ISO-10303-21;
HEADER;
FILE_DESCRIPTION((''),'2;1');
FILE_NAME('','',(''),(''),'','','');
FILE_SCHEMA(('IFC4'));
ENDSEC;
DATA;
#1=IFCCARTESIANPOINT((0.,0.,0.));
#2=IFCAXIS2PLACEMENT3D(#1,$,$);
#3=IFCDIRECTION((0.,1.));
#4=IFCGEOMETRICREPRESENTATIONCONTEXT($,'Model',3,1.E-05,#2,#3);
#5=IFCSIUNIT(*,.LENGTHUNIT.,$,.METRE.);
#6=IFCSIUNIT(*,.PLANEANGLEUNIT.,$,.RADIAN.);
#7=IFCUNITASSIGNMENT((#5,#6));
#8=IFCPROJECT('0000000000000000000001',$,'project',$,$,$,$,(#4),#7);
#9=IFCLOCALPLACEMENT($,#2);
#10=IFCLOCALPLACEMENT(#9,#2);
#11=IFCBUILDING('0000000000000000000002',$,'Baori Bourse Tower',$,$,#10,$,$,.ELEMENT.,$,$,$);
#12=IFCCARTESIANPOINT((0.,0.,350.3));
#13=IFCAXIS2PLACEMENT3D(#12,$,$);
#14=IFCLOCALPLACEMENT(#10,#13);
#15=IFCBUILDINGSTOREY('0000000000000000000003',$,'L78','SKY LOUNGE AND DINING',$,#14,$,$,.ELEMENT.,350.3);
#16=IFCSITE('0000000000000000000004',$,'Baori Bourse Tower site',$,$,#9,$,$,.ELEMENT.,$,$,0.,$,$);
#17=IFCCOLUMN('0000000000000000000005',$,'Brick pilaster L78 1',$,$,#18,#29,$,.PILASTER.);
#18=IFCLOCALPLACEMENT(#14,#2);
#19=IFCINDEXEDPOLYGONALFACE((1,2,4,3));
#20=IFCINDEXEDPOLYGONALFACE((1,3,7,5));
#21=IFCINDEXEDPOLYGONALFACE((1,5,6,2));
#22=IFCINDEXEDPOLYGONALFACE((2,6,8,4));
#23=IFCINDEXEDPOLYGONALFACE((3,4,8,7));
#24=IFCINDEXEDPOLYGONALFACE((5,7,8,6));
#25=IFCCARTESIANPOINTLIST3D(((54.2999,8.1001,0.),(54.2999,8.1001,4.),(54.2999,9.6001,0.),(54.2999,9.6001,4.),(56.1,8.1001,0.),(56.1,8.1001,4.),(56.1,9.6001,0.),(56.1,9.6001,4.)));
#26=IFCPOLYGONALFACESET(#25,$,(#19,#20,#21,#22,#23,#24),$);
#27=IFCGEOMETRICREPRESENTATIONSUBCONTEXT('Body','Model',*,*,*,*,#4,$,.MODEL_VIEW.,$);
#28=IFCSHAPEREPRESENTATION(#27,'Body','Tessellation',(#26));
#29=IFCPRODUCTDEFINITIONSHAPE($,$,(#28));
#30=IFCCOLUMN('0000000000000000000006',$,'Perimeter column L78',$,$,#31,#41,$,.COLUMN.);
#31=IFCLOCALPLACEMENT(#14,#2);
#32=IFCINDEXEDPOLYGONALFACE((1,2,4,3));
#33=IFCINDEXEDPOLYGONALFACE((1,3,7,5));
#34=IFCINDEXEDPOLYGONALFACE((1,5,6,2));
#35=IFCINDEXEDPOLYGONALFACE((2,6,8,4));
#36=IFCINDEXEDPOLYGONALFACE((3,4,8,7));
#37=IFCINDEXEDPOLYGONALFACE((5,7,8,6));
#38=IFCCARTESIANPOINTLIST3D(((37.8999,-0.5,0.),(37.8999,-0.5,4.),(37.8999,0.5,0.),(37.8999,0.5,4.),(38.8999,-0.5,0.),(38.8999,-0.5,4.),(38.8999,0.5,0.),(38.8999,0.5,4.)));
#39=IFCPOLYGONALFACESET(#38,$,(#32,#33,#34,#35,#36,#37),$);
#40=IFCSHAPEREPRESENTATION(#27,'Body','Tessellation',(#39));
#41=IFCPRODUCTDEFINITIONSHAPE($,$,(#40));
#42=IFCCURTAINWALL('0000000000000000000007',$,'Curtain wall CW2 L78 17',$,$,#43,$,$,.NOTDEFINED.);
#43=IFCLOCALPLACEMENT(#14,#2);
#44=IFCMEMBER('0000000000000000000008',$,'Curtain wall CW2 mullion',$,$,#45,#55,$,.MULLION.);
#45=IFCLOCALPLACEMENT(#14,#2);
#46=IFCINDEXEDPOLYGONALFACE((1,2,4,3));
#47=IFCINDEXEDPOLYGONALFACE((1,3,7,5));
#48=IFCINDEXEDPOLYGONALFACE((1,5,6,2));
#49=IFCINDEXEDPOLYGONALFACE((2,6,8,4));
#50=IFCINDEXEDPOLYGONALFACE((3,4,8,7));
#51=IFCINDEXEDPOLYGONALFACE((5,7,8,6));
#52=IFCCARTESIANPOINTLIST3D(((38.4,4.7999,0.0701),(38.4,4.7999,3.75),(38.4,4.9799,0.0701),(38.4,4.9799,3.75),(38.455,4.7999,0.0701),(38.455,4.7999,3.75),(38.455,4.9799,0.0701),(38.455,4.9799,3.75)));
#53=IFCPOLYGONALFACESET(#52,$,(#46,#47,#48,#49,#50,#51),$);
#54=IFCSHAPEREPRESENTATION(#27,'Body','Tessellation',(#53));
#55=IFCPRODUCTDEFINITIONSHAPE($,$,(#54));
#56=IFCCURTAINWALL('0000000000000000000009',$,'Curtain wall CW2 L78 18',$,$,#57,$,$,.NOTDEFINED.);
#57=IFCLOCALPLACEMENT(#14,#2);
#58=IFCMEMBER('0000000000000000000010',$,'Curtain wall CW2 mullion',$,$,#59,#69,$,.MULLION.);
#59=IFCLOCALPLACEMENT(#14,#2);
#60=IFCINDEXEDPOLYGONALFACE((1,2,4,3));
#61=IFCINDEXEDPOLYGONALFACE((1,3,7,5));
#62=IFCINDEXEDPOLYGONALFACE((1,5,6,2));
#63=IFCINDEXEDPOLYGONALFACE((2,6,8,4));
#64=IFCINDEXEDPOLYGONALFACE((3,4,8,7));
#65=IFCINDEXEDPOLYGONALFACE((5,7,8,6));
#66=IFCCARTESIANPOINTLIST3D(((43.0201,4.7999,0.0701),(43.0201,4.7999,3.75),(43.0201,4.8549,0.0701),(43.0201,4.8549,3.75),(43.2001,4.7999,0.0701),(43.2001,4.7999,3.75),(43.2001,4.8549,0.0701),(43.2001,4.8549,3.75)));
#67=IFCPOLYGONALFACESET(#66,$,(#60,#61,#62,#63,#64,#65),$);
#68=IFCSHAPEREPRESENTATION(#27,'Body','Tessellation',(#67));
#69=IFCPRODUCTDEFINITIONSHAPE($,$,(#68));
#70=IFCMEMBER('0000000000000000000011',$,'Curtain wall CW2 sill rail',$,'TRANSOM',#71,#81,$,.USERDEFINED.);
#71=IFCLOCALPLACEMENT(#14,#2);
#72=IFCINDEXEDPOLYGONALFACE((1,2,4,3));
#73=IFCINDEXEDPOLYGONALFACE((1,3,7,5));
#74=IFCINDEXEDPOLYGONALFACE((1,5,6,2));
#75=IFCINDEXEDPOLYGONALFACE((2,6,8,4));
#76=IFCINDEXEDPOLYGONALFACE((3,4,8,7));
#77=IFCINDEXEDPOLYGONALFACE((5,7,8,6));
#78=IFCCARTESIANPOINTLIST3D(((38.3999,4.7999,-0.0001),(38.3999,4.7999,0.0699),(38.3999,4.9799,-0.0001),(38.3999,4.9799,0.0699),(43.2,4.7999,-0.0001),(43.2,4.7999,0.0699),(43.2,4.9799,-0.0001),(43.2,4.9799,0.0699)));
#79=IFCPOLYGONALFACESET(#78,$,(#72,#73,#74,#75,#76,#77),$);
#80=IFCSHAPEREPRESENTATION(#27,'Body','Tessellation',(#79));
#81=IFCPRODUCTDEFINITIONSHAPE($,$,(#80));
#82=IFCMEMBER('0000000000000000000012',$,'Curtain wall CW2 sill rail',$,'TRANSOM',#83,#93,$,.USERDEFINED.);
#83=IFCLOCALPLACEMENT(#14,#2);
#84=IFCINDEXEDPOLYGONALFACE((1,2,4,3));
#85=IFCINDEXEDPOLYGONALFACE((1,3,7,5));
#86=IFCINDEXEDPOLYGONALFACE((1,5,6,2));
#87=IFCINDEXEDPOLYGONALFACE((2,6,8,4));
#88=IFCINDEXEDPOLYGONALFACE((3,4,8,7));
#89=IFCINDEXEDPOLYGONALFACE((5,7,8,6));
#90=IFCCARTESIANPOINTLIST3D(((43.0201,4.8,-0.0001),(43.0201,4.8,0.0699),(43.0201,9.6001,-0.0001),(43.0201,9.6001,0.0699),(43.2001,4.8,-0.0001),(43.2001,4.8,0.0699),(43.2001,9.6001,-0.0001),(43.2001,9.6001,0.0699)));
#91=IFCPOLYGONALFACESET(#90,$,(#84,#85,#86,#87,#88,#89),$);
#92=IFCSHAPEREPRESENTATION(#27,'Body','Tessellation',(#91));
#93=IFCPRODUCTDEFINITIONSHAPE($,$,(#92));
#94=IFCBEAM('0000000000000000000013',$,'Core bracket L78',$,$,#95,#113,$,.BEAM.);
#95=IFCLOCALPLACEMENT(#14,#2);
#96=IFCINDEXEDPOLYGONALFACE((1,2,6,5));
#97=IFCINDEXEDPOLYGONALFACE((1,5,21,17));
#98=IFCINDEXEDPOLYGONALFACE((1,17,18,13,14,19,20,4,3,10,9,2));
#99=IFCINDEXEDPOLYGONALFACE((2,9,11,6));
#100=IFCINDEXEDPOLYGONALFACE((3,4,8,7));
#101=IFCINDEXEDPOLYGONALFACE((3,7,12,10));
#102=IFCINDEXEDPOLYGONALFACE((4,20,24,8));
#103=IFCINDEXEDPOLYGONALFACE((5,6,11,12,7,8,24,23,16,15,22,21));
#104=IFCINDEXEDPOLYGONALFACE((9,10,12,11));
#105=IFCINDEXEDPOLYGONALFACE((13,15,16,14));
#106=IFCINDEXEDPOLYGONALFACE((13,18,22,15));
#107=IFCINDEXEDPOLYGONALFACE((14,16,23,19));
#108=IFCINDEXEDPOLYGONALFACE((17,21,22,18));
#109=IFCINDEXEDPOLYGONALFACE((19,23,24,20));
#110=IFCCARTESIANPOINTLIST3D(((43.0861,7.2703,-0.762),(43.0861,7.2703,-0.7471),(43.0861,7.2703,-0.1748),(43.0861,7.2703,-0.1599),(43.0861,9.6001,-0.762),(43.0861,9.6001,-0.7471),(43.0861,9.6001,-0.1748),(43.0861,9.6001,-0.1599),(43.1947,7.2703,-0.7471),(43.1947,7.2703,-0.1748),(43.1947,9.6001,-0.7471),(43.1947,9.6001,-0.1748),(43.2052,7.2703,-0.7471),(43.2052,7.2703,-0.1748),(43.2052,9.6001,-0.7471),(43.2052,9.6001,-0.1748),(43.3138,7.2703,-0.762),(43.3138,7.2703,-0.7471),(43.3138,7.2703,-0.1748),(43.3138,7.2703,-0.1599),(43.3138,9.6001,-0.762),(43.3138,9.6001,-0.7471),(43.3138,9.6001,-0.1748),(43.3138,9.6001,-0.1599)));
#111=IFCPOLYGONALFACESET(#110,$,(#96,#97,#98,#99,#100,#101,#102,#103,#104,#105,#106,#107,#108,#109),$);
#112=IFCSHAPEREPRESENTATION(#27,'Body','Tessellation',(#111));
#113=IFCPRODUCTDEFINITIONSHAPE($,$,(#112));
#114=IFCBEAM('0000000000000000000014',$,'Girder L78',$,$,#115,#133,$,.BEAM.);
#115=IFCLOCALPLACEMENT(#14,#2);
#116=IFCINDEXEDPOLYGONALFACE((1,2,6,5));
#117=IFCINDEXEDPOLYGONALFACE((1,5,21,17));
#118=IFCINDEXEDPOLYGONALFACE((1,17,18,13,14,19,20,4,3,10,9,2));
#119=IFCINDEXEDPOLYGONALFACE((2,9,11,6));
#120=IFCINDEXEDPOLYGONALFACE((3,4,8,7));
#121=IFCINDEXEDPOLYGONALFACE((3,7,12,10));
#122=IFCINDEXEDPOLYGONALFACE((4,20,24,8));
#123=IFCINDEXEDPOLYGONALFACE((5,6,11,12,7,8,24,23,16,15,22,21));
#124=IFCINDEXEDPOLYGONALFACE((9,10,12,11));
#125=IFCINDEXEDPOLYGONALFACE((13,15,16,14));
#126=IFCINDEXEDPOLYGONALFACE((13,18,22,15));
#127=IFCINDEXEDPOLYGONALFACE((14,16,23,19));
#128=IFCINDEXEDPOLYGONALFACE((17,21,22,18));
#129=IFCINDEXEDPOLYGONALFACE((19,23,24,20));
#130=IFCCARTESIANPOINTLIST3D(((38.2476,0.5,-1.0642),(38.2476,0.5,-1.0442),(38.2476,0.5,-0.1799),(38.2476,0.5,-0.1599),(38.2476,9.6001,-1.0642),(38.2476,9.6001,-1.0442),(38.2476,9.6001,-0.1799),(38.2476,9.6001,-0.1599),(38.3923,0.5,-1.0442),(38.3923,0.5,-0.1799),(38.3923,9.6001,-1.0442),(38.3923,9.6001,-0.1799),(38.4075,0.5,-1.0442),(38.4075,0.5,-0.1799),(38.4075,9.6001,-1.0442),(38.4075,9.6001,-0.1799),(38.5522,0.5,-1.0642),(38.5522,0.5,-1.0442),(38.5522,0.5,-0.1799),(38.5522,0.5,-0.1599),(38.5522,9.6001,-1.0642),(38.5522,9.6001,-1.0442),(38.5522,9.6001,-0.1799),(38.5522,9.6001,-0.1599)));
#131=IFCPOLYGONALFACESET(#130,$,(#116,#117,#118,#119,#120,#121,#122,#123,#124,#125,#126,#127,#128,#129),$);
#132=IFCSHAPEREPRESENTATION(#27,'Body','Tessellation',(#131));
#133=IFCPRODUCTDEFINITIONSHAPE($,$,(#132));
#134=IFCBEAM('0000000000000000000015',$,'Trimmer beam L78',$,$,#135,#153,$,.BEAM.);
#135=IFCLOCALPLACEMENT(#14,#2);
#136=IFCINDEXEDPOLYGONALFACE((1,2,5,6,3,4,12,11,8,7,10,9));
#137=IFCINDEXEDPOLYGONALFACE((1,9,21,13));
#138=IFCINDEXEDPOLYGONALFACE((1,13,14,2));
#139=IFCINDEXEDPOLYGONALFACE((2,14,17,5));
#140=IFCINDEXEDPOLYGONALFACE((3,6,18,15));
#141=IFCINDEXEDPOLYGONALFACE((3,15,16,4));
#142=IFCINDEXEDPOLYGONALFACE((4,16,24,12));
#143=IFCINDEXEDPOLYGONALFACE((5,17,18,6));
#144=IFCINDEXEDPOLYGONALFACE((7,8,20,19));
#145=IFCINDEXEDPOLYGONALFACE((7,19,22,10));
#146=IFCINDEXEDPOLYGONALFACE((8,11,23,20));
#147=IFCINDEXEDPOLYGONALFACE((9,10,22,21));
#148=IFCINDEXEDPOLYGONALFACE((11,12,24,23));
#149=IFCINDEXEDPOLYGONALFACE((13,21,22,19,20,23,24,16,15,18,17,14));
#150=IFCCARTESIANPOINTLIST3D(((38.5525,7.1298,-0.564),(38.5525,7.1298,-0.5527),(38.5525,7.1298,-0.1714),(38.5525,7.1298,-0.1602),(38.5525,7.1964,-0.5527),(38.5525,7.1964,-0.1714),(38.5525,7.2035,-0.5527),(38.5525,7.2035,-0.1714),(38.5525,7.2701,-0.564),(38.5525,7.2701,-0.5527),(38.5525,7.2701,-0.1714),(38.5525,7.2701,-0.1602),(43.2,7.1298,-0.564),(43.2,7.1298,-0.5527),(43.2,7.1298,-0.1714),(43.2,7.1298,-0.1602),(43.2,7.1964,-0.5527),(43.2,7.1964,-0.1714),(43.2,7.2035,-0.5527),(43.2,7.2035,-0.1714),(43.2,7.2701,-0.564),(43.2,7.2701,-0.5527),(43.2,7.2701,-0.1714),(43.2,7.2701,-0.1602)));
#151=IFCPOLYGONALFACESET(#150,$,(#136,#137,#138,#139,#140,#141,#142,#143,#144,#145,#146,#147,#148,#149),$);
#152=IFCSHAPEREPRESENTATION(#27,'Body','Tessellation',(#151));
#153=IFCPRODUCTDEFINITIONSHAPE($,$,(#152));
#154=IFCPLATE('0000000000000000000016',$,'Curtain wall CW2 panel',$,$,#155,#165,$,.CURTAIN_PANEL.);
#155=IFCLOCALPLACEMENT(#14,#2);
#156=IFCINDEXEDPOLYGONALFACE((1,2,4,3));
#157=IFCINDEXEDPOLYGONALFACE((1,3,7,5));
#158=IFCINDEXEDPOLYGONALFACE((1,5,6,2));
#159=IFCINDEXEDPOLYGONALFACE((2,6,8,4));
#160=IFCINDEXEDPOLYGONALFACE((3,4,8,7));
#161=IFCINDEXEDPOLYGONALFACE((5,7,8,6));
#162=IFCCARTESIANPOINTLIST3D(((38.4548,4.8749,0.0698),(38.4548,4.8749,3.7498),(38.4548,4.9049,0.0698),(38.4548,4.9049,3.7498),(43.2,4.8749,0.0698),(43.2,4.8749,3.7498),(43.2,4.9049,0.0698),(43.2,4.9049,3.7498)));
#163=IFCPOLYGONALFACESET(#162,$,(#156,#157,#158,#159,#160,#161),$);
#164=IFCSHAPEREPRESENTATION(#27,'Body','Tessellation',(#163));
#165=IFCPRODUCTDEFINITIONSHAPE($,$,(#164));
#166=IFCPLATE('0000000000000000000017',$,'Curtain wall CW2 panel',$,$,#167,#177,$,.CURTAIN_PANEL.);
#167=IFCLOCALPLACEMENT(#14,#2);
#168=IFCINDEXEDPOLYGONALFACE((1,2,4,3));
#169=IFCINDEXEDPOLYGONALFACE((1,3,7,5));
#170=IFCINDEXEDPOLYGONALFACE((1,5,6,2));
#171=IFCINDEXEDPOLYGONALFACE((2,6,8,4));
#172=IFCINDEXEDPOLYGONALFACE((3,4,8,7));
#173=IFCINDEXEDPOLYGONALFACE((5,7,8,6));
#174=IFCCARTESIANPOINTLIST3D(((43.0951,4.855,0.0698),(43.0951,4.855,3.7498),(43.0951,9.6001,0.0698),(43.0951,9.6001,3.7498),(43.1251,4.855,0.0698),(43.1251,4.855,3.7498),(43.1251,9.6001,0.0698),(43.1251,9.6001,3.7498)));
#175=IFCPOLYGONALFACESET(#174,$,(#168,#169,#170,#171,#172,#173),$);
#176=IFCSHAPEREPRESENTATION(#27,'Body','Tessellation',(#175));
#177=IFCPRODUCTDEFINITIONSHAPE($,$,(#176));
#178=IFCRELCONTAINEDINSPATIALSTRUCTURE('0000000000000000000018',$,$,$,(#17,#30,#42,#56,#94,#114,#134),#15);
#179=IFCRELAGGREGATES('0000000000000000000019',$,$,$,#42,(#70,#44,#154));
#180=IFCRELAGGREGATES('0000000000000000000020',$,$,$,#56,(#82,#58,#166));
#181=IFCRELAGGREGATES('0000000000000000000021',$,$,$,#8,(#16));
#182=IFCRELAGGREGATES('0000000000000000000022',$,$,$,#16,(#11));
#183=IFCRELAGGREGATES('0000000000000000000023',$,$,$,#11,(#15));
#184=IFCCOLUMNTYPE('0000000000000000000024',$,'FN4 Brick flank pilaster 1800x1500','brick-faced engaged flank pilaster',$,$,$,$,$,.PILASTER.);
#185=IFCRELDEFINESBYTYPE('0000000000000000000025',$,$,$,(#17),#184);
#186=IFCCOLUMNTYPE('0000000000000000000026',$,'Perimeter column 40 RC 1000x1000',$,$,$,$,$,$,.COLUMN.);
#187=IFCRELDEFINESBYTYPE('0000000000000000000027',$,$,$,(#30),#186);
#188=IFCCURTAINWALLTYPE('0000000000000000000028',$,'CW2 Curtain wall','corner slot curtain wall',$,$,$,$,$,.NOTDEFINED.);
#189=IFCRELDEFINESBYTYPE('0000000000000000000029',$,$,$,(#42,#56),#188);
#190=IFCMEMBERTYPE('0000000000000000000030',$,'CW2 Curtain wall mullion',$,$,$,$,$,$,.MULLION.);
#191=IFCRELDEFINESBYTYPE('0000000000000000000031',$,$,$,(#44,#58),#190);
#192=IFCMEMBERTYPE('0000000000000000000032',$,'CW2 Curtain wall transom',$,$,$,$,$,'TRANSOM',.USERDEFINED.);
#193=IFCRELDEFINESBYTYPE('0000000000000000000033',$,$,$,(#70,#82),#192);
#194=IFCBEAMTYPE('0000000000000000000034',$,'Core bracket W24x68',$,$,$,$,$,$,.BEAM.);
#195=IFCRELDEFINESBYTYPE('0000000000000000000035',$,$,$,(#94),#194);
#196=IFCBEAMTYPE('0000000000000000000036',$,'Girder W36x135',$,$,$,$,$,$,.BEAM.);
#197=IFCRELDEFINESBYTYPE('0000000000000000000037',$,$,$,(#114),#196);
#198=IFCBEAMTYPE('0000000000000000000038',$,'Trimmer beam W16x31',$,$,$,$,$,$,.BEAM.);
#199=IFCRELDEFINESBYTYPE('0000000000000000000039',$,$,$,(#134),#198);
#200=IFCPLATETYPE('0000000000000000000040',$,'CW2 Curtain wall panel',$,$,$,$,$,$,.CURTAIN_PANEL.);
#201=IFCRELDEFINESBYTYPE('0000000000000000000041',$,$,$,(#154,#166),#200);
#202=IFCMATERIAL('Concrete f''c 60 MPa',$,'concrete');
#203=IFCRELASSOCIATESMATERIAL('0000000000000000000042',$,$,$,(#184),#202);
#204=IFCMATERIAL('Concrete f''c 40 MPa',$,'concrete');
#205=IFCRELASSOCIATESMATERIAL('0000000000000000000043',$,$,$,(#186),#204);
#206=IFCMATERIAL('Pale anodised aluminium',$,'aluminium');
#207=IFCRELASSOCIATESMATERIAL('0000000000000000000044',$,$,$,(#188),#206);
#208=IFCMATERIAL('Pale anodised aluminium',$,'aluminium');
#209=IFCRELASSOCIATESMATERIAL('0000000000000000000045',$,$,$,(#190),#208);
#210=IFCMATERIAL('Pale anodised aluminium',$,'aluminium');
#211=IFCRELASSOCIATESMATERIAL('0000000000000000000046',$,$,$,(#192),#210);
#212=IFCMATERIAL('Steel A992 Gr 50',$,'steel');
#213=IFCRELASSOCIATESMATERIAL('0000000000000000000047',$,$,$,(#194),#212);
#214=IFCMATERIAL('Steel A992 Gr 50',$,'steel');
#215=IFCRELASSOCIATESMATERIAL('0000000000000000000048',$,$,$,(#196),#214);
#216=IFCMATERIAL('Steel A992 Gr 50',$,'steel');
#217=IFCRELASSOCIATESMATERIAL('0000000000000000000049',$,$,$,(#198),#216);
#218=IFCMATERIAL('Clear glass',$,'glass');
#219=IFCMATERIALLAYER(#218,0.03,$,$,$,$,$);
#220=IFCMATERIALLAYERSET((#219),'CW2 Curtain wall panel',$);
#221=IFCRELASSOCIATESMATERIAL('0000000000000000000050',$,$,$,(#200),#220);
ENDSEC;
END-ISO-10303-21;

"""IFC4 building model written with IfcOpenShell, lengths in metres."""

from ifc_helpers import new_model, si_unit, direction, frame, origin, origin_2d, place, context, subcontext, project, spatial, rectangle, i_section, extrude, material, layer, layer_set, material_profile, profile_set, type_object, element, aggregate, save


model = new_model("IFC4")

# Units and contexts
model_context = context("Model", 3, precision=1e-05, world=origin(), true_north=direction((0.0, 1.0)))
body_context = subcontext(model_context, "Body", "Model", "MODEL_VIEW")
ifc_project = project(units=[si_unit("LENGTHUNIT", "METRE"), si_unit("PLANEANGLEUNIT", "RADIAN")], contexts=[model_context])

# Site, building, storey
site_placement = place(None, origin())
site = spatial("IfcSite", under=ifc_project, at=site_placement, Name="Baori Bourse Tower site", CompositionType="ELEMENT", RefElevation=0.0)
building_placement = place(site_placement, origin())
building = spatial("IfcBuilding", under=site, at=building_placement, Name="Baori Bourse Tower", CompositionType="ELEMENT")
storey_placement = place(building_placement, frame((0.0, 0.0, 350.3)))
storey = spatial("IfcBuildingStorey", under=building, at=storey_placement, Name="L78", Description="SKY LOUNGE AND DINING", CompositionType="ELEMENT", Elevation=350.3)

# Columns
ifc_material_1 = material(Name="Concrete f'c 60 MPa", Category="concrete")
ifc_material_profile_1 = material_profile(ifc_material_1, rectangle(XDim=1.8, YDim=1.5, at=origin_2d()), Name="RC 1800x1500")
ifc_profile_set_1 = profile_set([ifc_material_profile_1], Name="Concrete f'c 60 MPa")
column_type_1 = type_object("IfcColumnType", Name="FN4 Brick flank pilaster 1800x1500", Description="brick-faced engaged flank pilaster", PredefinedType="PILASTER", material=ifc_profile_set_1)
column_1_placement = place(storey_placement, frame((55.2, 8.8501, 0.0), z_axis=(0.0, 0.0, 1.0), x_axis=(1.0, 0.0, 0.0)))
element("IfcColumn", 1, at=column_1_placement, inside=storey, type_object=column_type_1, Name="Brick pilaster L78 1", PredefinedType="PILASTER", context=body_context, shape_type="SweptSolid", body=[
    extrude(rectangle(XDim=1.8, YDim=1.5, at=origin_2d()), origin(), (0.0, 0.0, 1.0), 4.0),
])
ifc_material_2 = material(Name="Concrete f'c 40 MPa", Category="concrete")
ifc_material_profile_2 = material_profile(ifc_material_2, rectangle(XDim=1.0, YDim=1.0, at=origin_2d()), Name="RC 1000x1000")
ifc_profile_set_2 = profile_set([ifc_material_profile_2], Name="Concrete f'c 40 MPa")
column_type_2 = type_object("IfcColumnType", Name="Perimeter column 40 RC 1000x1000", PredefinedType="COLUMN", material=ifc_profile_set_2)
column_2_placement = place(storey_placement, frame((38.3999, 0.0, 0.0), z_axis=(0.0, 0.0, 1.0), x_axis=(1.0, 0.0, 0.0)))
element("IfcColumn", 2, at=column_2_placement, inside=storey, type_object=column_type_2, Name="Perimeter column L78", PredefinedType="COLUMN", context=body_context, shape_type="SweptSolid", body=[
    extrude(rectangle(XDim=1.0, YDim=1.0, at=origin_2d()), origin(), (0.0, 0.0, 1.0), 4.0),
])

# Curtain walls, members
ifc_material_3 = material(Name="Pale anodised aluminium", Category="aluminium")
curtain_wall_type = type_object("IfcCurtainWallType", Name="CW2 Curtain wall", Description="corner slot curtain wall", PredefinedType="NOTDEFINED", material=ifc_material_3)
curtain_wall_1_placement = place(storey_placement, origin())
curtain_wall_1 = element("IfcCurtainWall", 3, at=curtain_wall_1_placement, inside=storey, type_object=curtain_wall_type, Name="Curtain wall CW2 L78 17", PredefinedType="NOTDEFINED")
ifc_material_4 = material(Name="Pale anodised aluminium", Category="aluminium")
ifc_material_profile_3 = material_profile(ifc_material_4, rectangle(XDim=0.1799, YDim=0.0549, at=origin_2d()), Name="Mullion 55x180")
ifc_profile_set_3 = profile_set([ifc_material_profile_3], Name="Pale anodised aluminium")
member_type_1 = type_object("IfcMemberType", Name="CW2 Curtain wall mullion", PredefinedType="MULLION", material=ifc_profile_set_3)
member_1_placement = place(storey_placement, frame((38.4275, 4.8899, 0.0701), z_axis=(0.0, 0.0, 1.0), x_axis=(0.0, 1.0, 0.0)))
member_1 = element("IfcMember", 4, at=member_1_placement, type_object=member_type_1, Name="Curtain wall CW2 mullion", PredefinedType="MULLION", context=body_context, shape_type="SweptSolid", body=[
    extrude(rectangle(XDim=0.1799, YDim=0.0549, at=origin_2d()), origin(), (0.0, 0.0, 1.0), 3.6799),
])
curtain_wall_2_placement = place(storey_placement, origin())
curtain_wall_2 = element("IfcCurtainWall", 5, at=curtain_wall_2_placement, inside=storey, type_object=curtain_wall_type, Name="Curtain wall CW2 L78 18", PredefinedType="NOTDEFINED")
member_2_placement = place(storey_placement, frame((43.1101, 4.8274, 0.0701), z_axis=(0.0, 0.0, 1.0), x_axis=(-1.0, 0.0, 0.0)))
member_2 = element("IfcMember", 6, at=member_2_placement, type_object=member_type_1, Name="Curtain wall CW2 mullion", PredefinedType="MULLION", context=body_context, shape_type="SweptSolid", body=[
    extrude(rectangle(XDim=0.1799, YDim=0.0549, at=origin_2d()), origin(), (0.0, 0.0, 1.0), 3.6799),
])

# Members
ifc_material_5 = material(Name="Pale anodised aluminium", Category="aluminium")
ifc_material_profile_4 = material_profile(ifc_material_5, rectangle(XDim=0.1799, YDim=0.0701, at=origin_2d()), Name="Transom 70x180")
ifc_profile_set_4 = profile_set([ifc_material_profile_4], Name="Pale anodised aluminium")
member_type_2 = type_object("IfcMemberType", Name="CW2 Curtain wall transom", ElementType="TRANSOM", PredefinedType="USERDEFINED", material=ifc_profile_set_4)
member_3_placement = place(storey_placement, frame((38.3999, 4.8899, 0.0349), z_axis=(1.0, 0.0, 0.0), x_axis=(0.0, 1.0, 0.0)))
member_3 = element("IfcMember", 7, at=member_3_placement, type_object=member_type_2, Name="Curtain wall CW2 sill rail", ObjectType="TRANSOM", PredefinedType="USERDEFINED", context=body_context, shape_type="SweptSolid", body=[
    extrude(rectangle(XDim=0.1799, YDim=0.0701, at=origin_2d()), origin(), (0.0, 0.0, 1.0), 4.8),
])
member_4_placement = place(storey_placement, frame((43.1101, 4.8, 0.0349), z_axis=(0.0, 1.0, 0.0), x_axis=(-1.0, 0.0, 0.0)))
member_4 = element("IfcMember", 8, at=member_4_placement, type_object=member_type_2, Name="Curtain wall CW2 sill rail", ObjectType="TRANSOM", PredefinedType="USERDEFINED", context=body_context, shape_type="SweptSolid", body=[
    extrude(rectangle(XDim=0.1799, YDim=0.0701, at=origin_2d()), origin(), (0.0, 0.0, 1.0), 4.8),
])

# Beams
ifc_material_6 = material(Name="Steel A992 Gr 50", Category="steel")
ifc_material_profile_5 = material_profile(ifc_material_6, i_section(OverallWidth=0.2278, OverallDepth=0.6021, WebThickness=0.0105, FlangeThickness=0.0149, at=origin_2d()), Name="W24x68")
ifc_profile_set_5 = profile_set([ifc_material_profile_5], Name="Steel A992 Gr 50")
beam_type_1 = type_object("IfcBeamType", Name="Core bracket W24x68", PredefinedType="BEAM", material=ifc_profile_set_5)
beam_1_placement = place(storey_placement, frame((43.2, 7.2703, -0.4609), z_axis=(0.0, 1.0, 0.0), x_axis=(-1.0, 0.0, 0.0)))
element("IfcBeam", 9, at=beam_1_placement, inside=storey, type_object=beam_type_1, Name="Core bracket L78", PredefinedType="BEAM", context=body_context, shape_type="SweptSolid", body=[
    extrude(i_section(OverallWidth=0.2278, OverallDepth=0.6021, WebThickness=0.0105, FlangeThickness=0.0149, at=origin_2d()), origin(), (0.0, 0.0, 1.0), 2.3298),
])
ifc_material_7 = material(Name="Steel A992 Gr 50", Category="steel")
ifc_material_profile_6 = material_profile(ifc_material_7, i_section(OverallWidth=0.3047, OverallDepth=0.9043, WebThickness=0.0151, FlangeThickness=0.02, at=origin_2d()), Name="W36x135")
ifc_profile_set_6 = profile_set([ifc_material_profile_6], Name="Steel A992 Gr 50")
beam_type_2 = type_object("IfcBeamType", Name="Girder W36x135", PredefinedType="BEAM", material=ifc_profile_set_6)
beam_2_placement = place(storey_placement, frame((38.3999, 0.5, -0.6121), z_axis=(0.0, 1.0, 0.0), x_axis=(-1.0, 0.0, 0.0)))
element("IfcBeam", 10, at=beam_2_placement, inside=storey, type_object=beam_type_2, Name="Girder L78", PredefinedType="BEAM", context=body_context, shape_type="SweptSolid", body=[
    extrude(i_section(OverallWidth=0.3047, OverallDepth=0.9043, WebThickness=0.0151, FlangeThickness=0.02, at=origin_2d()), origin(), (0.0, 0.0, 1.0), 9.1001),
])
ifc_material_8 = material(Name="Steel A992 Gr 50", Category="steel")
ifc_material_profile_7 = material_profile(ifc_material_8, i_section(OverallWidth=0.1404, OverallDepth=0.4038, WebThickness=0.0071, FlangeThickness=0.0112, at=origin_2d()), Name="W16x31")
ifc_profile_set_7 = profile_set([ifc_material_profile_7], Name="Steel A992 Gr 50")
beam_type_3 = type_object("IfcBeamType", Name="Trimmer beam W16x31", PredefinedType="BEAM", material=ifc_profile_set_7)
beam_3_placement = place(storey_placement, frame((38.5525, 7.2, -0.3621), z_axis=(1.0, 0.0, 0.0), x_axis=(0.0, 1.0, 0.0)))
element("IfcBeam", 11, at=beam_3_placement, inside=storey, type_object=beam_type_3, Name="Trimmer beam L78", PredefinedType="BEAM", context=body_context, shape_type="SweptSolid", body=[
    extrude(i_section(OverallWidth=0.1404, OverallDepth=0.4038, WebThickness=0.0071, FlangeThickness=0.0112, at=origin_2d()), origin(), (0.0, 0.0, 1.0), 4.6475),
])

# Plates
ifc_material_9 = material(Name="Clear glass", Category="glass")
ifc_layer_1 = layer(ifc_material_9, 0.03)
ifc_layer_set_1 = layer_set([ifc_layer_1], Name="CW2 Curtain wall panel")
plate_type = type_object("IfcPlateType", Name="CW2 Curtain wall panel", PredefinedType="CURTAIN_PANEL", material=ifc_layer_set_1)
plate_1_placement = place(storey_placement, frame((40.8274, 4.8899, 0.0698), z_axis=(0.0, 0.0, 1.0), x_axis=(1.0, 0.0, 0.0)))
plate_1 = element("IfcPlate", 12, at=plate_1_placement, type_object=plate_type, Name="Curtain wall CW2 panel", PredefinedType="CURTAIN_PANEL", context=body_context, shape_type="SweptSolid", body=[
    extrude(rectangle(XDim=4.7451, YDim=0.03, at=origin_2d()), origin(), (0.0, 0.0, 1.0), 3.6799),
])
aggregate(curtain_wall_1, [member_3, member_1, plate_1])
plate_2_placement = place(storey_placement, frame((43.1101, 7.2275, 0.0698), z_axis=(0.0, 0.0, 1.0), x_axis=(0.0, 1.0, 0.0)))
plate_2 = element("IfcPlate", 13, at=plate_2_placement, type_object=plate_type, Name="Curtain wall CW2 panel", PredefinedType="CURTAIN_PANEL", context=body_context, shape_type="SweptSolid", body=[
    extrude(rectangle(XDim=4.7451, YDim=0.03, at=origin_2d()), origin(), (0.0, 0.0, 1.0), 3.6799),
])
aggregate(curtain_wall_2, [member_4, member_2, plate_2])

save(model, "model.ifc")
